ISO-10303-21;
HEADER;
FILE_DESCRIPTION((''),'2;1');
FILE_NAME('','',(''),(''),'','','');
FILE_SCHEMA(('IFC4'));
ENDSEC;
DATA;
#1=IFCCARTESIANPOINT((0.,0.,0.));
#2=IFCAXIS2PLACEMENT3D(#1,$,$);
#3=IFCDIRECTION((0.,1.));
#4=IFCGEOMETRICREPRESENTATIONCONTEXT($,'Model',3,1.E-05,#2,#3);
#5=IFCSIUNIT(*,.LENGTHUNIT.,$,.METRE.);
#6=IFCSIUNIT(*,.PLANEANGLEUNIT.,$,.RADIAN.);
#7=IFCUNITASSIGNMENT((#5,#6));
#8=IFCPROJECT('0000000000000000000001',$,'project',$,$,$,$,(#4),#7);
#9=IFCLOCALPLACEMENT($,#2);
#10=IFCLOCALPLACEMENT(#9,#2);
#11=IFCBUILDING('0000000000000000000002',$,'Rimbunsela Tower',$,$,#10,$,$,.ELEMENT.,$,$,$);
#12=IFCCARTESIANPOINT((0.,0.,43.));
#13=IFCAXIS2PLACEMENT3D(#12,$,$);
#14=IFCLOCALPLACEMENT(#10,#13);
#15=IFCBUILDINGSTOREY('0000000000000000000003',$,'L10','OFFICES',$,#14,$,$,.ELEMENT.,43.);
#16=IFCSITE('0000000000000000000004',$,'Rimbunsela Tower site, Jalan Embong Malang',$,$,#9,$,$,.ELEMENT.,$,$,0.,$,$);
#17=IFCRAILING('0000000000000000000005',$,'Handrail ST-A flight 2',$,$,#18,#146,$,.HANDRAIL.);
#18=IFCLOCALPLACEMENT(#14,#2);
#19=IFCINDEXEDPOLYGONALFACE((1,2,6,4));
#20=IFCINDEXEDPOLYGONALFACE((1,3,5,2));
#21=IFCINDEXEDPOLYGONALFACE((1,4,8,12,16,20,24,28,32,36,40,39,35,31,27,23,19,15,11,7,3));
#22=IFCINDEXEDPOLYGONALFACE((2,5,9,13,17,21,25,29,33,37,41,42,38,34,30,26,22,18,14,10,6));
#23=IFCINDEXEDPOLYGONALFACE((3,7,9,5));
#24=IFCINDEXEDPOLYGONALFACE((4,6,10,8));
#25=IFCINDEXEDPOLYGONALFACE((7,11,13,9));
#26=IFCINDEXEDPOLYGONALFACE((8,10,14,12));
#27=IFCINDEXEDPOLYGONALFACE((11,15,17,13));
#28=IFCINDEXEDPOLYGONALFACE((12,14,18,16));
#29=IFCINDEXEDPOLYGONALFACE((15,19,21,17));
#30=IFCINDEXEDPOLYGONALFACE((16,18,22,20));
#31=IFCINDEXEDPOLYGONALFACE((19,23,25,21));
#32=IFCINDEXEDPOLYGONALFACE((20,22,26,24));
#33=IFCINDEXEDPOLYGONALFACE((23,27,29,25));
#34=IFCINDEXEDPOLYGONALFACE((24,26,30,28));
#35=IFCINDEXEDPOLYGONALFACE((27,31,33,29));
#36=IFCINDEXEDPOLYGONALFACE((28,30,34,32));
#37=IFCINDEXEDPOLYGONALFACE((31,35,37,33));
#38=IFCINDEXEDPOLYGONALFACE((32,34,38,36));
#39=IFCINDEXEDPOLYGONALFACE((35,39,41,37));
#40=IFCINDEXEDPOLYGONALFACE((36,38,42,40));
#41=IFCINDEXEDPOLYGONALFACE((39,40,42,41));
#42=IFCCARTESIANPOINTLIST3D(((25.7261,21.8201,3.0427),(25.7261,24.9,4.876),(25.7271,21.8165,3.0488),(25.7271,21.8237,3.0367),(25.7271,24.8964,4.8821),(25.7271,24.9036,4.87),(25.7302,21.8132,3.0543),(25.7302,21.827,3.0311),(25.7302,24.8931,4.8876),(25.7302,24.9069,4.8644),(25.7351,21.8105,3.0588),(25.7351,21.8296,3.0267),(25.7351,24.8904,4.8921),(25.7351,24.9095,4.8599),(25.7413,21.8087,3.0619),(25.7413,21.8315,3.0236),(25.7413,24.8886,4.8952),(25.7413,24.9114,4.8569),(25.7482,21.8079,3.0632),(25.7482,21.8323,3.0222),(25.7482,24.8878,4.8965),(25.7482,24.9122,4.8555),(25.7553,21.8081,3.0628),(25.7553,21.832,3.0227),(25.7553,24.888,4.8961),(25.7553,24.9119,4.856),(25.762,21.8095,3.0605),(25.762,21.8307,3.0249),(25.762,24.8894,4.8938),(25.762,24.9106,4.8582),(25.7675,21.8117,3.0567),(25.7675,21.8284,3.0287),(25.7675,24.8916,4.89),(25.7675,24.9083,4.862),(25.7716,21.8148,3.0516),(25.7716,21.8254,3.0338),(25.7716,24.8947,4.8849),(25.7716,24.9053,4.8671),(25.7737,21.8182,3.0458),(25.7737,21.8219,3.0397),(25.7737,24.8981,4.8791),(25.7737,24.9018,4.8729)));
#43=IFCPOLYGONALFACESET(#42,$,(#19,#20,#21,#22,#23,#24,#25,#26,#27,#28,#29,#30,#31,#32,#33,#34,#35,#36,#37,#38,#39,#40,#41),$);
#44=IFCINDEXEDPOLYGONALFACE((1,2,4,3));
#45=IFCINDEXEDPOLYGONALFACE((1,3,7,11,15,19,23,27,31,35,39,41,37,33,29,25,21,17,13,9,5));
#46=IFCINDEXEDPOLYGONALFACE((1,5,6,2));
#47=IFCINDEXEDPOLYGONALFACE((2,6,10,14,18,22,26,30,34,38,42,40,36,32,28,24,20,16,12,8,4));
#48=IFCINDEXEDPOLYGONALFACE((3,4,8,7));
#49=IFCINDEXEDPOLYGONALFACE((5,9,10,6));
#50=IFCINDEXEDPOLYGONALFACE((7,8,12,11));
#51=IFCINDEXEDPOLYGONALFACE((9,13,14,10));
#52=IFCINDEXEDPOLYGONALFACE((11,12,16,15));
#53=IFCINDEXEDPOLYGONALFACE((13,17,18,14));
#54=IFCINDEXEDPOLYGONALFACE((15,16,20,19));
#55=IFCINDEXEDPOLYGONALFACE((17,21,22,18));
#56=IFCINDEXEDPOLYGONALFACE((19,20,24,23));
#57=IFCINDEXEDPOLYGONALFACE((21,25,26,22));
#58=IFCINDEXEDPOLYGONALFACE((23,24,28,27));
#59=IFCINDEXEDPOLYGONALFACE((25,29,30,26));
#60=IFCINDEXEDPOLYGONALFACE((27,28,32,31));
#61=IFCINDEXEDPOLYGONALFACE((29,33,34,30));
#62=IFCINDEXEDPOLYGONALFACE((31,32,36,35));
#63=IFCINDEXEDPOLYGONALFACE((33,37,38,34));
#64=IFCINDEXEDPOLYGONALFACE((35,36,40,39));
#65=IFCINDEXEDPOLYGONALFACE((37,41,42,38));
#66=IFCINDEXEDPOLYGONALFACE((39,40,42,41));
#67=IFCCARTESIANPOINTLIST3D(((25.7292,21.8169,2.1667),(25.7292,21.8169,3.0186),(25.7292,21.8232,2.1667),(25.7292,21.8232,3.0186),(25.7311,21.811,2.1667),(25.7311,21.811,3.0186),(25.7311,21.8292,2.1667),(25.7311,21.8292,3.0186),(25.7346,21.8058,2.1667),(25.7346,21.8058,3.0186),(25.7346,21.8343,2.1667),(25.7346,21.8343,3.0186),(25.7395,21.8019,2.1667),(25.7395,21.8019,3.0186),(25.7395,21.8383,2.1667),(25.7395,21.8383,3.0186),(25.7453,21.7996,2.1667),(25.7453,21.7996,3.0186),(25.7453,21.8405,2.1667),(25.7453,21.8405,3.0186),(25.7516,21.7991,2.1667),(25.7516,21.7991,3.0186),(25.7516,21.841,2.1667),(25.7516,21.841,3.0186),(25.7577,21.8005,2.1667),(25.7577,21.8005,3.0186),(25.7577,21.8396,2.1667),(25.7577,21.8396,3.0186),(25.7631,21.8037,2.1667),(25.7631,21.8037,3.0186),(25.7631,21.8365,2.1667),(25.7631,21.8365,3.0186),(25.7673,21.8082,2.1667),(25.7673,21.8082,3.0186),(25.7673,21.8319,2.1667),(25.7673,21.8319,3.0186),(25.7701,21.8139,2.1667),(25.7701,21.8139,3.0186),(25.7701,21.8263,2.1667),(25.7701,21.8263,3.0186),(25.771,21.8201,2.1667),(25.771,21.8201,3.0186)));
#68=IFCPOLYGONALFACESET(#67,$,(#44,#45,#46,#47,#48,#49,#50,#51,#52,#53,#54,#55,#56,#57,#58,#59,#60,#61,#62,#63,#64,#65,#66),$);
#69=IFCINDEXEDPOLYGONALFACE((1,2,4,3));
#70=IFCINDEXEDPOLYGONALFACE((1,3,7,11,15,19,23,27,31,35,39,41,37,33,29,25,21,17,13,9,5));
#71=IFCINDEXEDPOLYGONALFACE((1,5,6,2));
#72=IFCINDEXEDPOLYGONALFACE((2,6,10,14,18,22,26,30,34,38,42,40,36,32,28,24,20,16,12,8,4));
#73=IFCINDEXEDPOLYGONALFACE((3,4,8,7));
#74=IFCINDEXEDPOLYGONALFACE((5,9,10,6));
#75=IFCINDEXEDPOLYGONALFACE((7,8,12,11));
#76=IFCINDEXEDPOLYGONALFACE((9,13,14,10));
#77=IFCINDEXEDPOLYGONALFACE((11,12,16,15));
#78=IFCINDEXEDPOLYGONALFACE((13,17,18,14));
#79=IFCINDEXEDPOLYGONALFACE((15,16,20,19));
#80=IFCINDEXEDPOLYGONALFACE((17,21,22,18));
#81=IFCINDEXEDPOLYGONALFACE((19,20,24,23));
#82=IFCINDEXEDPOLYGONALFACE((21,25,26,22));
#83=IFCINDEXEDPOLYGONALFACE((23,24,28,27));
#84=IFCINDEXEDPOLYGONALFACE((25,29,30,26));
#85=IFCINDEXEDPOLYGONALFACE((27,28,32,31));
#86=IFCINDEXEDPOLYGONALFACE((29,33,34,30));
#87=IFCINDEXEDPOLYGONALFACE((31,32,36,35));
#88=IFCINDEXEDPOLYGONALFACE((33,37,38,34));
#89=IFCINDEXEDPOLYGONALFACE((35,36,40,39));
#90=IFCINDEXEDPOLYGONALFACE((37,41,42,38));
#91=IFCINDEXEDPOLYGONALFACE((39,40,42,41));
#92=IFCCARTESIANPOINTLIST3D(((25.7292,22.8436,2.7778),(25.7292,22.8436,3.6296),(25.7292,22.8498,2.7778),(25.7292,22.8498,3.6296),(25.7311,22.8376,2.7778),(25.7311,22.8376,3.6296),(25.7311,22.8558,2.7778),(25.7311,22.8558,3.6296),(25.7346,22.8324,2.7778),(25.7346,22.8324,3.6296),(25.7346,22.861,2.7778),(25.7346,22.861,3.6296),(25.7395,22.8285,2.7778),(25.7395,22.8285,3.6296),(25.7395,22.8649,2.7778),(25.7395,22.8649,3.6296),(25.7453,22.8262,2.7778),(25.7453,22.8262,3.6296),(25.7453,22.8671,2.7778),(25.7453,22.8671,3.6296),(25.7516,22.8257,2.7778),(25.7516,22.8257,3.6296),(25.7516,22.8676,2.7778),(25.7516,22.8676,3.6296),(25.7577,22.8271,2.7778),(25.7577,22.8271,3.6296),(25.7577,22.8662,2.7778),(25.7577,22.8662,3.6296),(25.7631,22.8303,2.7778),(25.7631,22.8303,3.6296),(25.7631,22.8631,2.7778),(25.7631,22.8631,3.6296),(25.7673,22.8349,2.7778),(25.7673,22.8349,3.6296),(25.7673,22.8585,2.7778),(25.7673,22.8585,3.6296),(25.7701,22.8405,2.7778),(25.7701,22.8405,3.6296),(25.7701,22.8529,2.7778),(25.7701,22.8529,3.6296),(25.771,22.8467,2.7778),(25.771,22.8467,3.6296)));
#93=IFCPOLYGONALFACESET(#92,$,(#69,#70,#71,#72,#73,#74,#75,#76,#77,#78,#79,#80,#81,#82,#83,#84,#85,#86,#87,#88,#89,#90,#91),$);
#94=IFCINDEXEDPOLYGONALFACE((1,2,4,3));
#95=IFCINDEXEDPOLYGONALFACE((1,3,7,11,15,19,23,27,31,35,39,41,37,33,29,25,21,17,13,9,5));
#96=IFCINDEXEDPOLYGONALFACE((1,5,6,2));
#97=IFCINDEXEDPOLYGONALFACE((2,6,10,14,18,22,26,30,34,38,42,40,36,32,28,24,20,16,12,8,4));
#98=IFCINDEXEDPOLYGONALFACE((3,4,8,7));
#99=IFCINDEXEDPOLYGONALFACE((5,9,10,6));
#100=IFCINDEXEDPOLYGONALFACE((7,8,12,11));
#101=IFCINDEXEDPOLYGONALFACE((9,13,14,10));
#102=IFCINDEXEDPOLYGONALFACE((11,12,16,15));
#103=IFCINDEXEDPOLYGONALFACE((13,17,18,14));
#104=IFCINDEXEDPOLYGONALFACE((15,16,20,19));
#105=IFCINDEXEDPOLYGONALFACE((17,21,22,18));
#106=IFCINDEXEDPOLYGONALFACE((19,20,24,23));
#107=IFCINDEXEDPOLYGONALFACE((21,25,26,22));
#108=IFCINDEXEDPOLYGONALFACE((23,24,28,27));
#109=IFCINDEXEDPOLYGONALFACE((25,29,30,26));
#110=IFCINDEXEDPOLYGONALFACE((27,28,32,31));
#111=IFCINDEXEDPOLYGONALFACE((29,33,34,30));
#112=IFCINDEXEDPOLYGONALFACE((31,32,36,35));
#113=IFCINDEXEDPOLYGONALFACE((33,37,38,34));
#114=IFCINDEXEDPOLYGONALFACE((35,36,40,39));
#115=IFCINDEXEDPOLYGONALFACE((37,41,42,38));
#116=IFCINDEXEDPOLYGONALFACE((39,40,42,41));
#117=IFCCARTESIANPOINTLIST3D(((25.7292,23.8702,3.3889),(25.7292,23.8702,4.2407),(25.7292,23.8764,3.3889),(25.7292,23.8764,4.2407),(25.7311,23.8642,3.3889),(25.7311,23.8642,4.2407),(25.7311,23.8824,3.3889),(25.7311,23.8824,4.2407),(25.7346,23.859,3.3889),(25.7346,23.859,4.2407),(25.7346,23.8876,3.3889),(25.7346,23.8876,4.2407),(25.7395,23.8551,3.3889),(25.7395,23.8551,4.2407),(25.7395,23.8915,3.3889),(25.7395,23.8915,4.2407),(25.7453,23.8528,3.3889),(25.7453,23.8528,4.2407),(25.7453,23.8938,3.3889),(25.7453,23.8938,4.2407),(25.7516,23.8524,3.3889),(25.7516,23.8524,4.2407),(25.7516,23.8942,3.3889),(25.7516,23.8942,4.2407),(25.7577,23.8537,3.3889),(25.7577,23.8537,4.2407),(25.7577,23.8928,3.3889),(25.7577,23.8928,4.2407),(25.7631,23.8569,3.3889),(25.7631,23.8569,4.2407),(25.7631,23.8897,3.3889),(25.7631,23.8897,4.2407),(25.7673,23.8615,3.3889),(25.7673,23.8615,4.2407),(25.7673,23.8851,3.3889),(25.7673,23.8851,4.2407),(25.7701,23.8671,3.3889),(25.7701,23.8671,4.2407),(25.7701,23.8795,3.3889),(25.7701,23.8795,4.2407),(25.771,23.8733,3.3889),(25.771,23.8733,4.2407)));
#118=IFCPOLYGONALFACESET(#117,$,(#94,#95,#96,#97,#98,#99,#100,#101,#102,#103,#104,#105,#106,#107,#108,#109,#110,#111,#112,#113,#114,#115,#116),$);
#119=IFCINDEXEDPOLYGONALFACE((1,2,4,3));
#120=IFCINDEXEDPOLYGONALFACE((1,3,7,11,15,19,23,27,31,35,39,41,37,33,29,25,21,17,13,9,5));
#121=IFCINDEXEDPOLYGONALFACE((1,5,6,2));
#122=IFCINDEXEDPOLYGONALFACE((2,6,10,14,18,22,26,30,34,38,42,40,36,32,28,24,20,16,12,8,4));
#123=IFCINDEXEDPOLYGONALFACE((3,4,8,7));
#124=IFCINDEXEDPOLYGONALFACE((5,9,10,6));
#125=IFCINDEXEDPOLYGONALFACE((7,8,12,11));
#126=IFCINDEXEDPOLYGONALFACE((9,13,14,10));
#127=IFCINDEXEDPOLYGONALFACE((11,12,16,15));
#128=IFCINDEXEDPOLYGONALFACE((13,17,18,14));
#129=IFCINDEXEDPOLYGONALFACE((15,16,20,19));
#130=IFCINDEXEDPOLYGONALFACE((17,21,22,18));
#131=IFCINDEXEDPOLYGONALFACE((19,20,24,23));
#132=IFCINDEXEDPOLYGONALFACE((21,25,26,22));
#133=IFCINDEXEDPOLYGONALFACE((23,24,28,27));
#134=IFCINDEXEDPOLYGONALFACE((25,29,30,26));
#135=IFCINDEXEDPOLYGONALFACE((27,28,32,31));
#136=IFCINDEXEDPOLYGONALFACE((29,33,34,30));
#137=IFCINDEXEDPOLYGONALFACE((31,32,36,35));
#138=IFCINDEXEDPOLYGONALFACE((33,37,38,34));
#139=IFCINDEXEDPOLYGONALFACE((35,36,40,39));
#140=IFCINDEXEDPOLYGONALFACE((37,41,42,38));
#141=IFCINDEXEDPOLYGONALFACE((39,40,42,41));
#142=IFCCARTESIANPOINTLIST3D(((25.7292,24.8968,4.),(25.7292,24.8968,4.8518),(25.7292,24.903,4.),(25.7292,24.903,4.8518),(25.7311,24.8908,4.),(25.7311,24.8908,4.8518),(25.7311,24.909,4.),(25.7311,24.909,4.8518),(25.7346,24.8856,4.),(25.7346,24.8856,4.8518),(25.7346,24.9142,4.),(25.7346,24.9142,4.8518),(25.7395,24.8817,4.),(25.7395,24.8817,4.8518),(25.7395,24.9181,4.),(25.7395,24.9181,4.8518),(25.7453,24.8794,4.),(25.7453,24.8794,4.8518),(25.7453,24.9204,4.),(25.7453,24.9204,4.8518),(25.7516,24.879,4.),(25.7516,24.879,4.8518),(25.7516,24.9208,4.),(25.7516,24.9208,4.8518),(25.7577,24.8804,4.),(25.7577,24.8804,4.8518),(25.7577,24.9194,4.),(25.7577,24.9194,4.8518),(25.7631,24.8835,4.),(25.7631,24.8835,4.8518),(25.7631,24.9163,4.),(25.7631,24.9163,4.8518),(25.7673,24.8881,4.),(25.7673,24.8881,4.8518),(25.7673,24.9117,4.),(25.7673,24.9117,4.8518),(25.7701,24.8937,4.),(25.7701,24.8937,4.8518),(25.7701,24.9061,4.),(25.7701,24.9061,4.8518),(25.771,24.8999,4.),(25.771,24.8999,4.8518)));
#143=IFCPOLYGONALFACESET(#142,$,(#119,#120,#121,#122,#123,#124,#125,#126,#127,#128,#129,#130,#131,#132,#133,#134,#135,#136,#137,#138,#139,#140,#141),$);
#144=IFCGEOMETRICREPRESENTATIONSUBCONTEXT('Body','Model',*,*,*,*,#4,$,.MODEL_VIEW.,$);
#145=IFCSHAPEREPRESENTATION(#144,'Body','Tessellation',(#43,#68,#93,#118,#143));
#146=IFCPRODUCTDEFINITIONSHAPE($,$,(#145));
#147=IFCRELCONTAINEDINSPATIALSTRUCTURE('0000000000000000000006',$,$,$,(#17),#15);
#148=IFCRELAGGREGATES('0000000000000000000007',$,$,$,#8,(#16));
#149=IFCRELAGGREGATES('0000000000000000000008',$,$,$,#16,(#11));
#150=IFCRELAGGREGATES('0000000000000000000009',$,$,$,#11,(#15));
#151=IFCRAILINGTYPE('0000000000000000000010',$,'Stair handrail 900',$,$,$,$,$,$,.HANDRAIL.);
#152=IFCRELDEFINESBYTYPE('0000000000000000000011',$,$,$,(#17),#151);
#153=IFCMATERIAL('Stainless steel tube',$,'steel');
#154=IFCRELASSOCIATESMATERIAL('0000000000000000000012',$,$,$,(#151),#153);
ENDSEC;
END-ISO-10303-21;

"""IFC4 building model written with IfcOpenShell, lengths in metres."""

from ifc_helpers import new_model, si_unit, direction, frame, origin, origin_2d, place, context, subcontext, project, spatial, circle, extrude, material, type_object, element, save


model = new_model("IFC4")

# Units and contexts
model_context = context("Model", 3, precision=1e-05, world=origin(), true_north=direction((0.0, 1.0)))
body_context = subcontext(model_context, "Body", "Model", "MODEL_VIEW")
ifc_project = project(units=[si_unit("LENGTHUNIT", "METRE"), si_unit("PLANEANGLEUNIT", "RADIAN")], contexts=[model_context])

# Site, building, storey
site_placement = place(None, origin())
site = spatial("IfcSite", under=ifc_project, at=site_placement, Name="Rimbunsela Tower site, Jalan Embong Malang", CompositionType="ELEMENT", RefElevation=0.0)
building_placement = place(site_placement, origin())
building = spatial("IfcBuilding", under=site, at=building_placement, Name="Rimbunsela Tower", CompositionType="ELEMENT")
storey_placement = place(building_placement, frame((0.0, 0.0, 43.0)))
storey = spatial("IfcBuildingStorey", under=building, at=storey_placement, Name="L10", Description="OFFICES", CompositionType="ELEMENT", Elevation=43.0)

# Railing
ifc_material_1 = material(Name="Stainless steel tube", Category="steel")
railing_type = type_object("IfcRailingType", Name="Stair handrail 900", PredefinedType="HANDRAIL", material=ifc_material_1)
railing_1_placement = place(storey_placement, frame((25.75, 21.8201, 2.1667)))
element("IfcRailing", 1, at=railing_1_placement, inside=storey, type_object=railing_type, Name="Handrail ST-A flight 2", PredefinedType="HANDRAIL", context=body_context, shape_type="SweptSolid", body=[
    extrude(circle(Radius=0.0239, at=origin_2d()), frame((0.0, 0.0, 0.876), z_axis=(0.0, 0.859291, 0.511487), x_axis=(-1.0, 0.0, 0.0)), (0.0, 0.0, 1.0), 3.5842),
    extrude(circle(Radius=0.021, at=origin_2d()), origin(), (0.0, 0.0, 1.0), 0.8518),
    extrude(circle(Radius=0.021, at=origin_2d()), frame((0.0, 1.0266, 0.6111)), (0.0, 0.0, 1.0), 0.8518),
    extrude(circle(Radius=0.021, at=origin_2d()), frame((0.0, 2.0532, 1.2222)), (0.0, 0.0, 1.0), 0.8518),
    extrude(circle(Radius=0.021, at=origin_2d()), frame((0.0, 3.0798, 1.8333)), (0.0, 0.0, 1.0), 0.8518),
])

save(model, "model.ifc")
